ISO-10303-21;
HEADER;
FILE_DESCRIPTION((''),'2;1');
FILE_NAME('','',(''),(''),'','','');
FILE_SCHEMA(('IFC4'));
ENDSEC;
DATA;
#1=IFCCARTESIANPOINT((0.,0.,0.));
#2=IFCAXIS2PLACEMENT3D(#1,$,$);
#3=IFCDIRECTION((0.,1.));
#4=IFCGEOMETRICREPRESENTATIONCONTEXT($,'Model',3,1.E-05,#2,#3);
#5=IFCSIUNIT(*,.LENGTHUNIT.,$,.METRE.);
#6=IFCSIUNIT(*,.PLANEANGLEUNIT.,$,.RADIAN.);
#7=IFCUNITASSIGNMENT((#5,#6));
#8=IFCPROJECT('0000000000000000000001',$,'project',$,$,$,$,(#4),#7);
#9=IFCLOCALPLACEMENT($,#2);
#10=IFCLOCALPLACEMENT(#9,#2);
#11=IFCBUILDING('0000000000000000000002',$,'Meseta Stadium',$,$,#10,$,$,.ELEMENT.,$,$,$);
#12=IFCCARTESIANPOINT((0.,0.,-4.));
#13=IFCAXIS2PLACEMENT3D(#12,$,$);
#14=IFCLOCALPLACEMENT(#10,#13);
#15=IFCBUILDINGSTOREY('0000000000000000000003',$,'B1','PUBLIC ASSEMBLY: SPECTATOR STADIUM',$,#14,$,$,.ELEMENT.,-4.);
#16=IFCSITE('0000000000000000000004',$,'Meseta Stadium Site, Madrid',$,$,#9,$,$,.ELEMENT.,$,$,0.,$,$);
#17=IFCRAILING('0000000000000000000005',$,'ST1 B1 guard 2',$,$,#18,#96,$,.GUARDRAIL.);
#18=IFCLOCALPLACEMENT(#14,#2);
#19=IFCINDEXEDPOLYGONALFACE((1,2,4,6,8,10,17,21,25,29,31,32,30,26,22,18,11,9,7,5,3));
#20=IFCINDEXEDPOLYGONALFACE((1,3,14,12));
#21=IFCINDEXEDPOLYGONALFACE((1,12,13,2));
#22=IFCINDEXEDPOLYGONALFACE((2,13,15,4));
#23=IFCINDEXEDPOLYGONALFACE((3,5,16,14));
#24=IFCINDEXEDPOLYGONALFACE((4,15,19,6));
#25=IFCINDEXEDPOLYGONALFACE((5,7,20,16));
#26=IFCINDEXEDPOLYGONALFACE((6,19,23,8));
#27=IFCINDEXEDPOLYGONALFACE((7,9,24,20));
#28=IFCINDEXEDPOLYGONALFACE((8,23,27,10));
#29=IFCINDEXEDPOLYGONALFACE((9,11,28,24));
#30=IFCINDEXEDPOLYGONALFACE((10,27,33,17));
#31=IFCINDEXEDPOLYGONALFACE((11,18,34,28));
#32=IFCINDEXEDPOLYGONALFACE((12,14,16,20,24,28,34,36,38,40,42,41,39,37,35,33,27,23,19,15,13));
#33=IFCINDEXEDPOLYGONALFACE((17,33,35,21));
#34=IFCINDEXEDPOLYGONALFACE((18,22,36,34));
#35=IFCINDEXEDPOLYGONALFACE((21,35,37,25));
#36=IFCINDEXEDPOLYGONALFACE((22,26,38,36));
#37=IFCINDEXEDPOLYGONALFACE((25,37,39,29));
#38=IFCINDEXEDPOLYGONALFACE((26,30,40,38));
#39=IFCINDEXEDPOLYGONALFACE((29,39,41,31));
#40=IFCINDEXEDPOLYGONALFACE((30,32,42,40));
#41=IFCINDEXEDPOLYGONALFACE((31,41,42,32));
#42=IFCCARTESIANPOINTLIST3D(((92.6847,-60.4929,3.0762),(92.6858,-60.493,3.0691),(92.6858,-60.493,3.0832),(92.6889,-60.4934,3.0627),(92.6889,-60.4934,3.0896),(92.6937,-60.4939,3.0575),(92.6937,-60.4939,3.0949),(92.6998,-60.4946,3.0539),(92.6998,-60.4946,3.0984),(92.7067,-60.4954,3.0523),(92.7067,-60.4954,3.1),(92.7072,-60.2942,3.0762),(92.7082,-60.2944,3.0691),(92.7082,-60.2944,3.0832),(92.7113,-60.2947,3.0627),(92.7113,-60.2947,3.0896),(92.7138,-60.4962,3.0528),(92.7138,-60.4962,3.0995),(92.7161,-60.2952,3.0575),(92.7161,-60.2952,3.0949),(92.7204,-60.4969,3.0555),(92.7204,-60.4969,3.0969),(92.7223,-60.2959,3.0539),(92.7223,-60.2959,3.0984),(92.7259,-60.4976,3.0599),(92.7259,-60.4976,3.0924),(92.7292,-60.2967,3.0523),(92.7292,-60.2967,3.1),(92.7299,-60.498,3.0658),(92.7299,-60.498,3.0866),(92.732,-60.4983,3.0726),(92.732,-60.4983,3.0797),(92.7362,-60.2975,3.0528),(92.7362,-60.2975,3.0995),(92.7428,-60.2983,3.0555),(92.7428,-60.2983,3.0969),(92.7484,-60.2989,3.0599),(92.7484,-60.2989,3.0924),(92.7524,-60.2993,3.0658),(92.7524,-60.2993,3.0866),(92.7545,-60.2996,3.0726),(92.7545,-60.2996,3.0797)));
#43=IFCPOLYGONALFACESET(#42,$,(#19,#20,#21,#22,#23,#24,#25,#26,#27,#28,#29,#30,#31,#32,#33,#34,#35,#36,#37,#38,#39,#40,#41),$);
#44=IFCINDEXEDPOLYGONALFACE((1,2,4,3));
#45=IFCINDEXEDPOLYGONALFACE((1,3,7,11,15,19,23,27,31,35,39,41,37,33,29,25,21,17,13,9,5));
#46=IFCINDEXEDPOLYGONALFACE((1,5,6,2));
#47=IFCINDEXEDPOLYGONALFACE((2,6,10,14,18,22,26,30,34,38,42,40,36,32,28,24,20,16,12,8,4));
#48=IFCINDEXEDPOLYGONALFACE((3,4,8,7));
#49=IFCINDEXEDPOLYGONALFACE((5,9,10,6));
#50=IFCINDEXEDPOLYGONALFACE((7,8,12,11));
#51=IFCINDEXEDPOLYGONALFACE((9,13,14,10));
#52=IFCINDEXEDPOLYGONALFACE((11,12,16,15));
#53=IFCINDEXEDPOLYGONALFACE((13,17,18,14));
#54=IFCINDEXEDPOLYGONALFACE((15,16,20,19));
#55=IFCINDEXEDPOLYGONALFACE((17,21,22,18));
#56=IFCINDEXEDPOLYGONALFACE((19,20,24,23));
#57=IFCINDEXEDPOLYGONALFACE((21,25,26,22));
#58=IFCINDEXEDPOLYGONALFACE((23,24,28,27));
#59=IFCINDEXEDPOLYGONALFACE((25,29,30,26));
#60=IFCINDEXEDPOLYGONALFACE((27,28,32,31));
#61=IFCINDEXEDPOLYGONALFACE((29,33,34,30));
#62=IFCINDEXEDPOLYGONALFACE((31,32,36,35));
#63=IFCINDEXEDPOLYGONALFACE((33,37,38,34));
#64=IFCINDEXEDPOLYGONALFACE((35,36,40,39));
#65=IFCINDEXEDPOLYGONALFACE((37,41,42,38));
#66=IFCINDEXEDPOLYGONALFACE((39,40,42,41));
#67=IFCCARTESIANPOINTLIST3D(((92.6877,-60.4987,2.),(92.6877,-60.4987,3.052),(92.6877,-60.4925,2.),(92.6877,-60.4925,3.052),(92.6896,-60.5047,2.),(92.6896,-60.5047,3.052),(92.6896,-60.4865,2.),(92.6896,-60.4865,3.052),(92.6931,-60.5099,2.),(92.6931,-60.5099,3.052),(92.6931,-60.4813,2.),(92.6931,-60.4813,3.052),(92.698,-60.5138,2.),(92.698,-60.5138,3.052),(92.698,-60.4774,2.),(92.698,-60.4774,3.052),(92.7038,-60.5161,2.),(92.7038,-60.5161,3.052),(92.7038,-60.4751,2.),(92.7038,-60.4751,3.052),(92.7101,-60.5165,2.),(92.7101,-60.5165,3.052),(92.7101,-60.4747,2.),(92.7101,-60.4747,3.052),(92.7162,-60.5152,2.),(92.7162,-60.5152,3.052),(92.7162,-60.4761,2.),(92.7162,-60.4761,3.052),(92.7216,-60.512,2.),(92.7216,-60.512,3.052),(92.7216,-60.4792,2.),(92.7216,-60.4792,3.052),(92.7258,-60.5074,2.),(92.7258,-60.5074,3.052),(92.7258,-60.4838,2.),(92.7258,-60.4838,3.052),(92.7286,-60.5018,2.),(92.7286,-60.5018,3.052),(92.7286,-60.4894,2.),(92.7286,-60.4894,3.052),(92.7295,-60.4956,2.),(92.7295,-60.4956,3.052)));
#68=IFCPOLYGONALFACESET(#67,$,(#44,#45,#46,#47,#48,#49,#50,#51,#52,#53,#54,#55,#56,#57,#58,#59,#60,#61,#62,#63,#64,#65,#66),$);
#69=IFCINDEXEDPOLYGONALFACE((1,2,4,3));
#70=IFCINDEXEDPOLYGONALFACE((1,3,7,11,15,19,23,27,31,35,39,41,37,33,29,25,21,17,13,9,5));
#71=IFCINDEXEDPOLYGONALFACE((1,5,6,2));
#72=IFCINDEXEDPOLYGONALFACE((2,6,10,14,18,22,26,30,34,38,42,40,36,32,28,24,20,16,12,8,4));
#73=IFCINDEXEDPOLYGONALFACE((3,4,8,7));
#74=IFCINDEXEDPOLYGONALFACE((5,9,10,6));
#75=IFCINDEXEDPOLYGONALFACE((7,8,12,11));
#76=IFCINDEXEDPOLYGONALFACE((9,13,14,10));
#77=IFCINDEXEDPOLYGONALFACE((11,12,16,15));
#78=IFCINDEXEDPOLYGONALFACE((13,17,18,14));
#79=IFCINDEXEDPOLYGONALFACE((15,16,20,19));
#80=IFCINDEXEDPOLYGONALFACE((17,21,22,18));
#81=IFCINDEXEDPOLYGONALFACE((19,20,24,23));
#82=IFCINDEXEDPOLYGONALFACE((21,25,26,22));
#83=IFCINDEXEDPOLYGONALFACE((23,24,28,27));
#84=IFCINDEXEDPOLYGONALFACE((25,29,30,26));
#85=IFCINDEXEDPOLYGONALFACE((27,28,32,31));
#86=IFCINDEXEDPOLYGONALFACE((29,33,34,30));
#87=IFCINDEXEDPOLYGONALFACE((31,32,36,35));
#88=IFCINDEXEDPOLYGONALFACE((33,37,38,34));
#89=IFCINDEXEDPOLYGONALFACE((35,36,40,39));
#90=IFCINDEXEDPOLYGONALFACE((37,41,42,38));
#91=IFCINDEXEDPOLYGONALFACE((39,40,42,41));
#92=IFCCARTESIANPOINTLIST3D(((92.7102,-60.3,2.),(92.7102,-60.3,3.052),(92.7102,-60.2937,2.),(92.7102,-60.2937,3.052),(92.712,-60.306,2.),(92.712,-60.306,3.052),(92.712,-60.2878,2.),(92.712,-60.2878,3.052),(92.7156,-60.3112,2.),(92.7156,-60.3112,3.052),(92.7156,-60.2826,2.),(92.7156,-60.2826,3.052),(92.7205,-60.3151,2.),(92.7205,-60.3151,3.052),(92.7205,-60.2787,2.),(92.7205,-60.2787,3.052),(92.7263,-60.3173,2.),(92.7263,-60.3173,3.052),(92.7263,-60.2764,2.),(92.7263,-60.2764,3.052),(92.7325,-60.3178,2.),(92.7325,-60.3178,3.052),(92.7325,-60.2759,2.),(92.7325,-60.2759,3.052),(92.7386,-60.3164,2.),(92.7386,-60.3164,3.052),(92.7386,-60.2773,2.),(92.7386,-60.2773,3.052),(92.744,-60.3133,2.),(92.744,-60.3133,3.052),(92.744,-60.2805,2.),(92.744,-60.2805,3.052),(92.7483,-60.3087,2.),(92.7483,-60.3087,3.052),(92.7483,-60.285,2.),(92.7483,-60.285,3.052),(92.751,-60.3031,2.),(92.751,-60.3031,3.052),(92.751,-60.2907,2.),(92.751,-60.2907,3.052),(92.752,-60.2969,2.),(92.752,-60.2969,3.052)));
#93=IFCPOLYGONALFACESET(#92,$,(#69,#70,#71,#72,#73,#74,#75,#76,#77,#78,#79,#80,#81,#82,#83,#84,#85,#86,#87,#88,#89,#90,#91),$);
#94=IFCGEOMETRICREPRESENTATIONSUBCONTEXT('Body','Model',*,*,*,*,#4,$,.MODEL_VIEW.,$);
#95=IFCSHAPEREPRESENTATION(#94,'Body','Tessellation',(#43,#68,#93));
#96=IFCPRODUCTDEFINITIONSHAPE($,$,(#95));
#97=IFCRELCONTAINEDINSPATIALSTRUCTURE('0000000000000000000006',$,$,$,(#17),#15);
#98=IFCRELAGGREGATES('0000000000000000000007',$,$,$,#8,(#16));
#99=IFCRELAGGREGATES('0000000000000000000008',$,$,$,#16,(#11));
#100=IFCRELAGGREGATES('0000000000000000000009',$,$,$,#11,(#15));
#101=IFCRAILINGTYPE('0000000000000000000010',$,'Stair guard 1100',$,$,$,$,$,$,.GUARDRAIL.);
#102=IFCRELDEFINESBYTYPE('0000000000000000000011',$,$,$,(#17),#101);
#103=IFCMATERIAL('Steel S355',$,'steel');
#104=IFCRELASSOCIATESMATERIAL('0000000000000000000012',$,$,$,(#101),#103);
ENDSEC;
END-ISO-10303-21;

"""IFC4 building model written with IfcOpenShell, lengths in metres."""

from ifc_helpers import new_model, si_unit, direction, frame, origin, origin_2d, place, context, subcontext, project, spatial, circle, extrude, material, type_object, element, save


model = new_model("IFC4")

# Units and contexts
model_context = context("Model", 3, precision=1e-05, world=origin(), true_north=direction((0.0, 1.0)))
body_context = subcontext(model_context, "Body", "Model", "MODEL_VIEW")
ifc_project = project(units=[si_unit("LENGTHUNIT", "METRE"), si_unit("PLANEANGLEUNIT", "RADIAN")], contexts=[model_context])

# Site, building, storey
site_placement = place(None, origin())
site = spatial("IfcSite", under=ifc_project, at=site_placement, Name="Meseta Stadium Site, Madrid", CompositionType="ELEMENT", RefElevation=0.0)
building_placement = place(site_placement, origin())
building = spatial("IfcBuilding", under=site, at=building_placement, Name="Meseta Stadium", CompositionType="ELEMENT")
storey_placement = place(building_placement, frame((0.0, 0.0, -4.0)))
storey = spatial("IfcBuildingStorey", under=building, at=storey_placement, Name="B1", Description="PUBLIC ASSEMBLY: SPECTATOR STADIUM", CompositionType="ELEMENT", Elevation=-4.0)

# Railing
ifc_material_1 = material(Name="Steel S355", Category="steel")
railing_type_1 = type_object("IfcRailingType", Name="Stair guard 1100", PredefinedType="GUARDRAIL", material=ifc_material_1)
railing_1_placement = place(storey_placement, frame((92.7085, -60.4956, 2.0)))
element("IfcRailing", 1, at=railing_1_placement, inside=storey, type_object=railing_type_1, Name="ST1 B1 guard 2", PredefinedType="GUARDRAIL", context=body_context, shape_type="SweptSolid", body=[
    extrude(circle(Radius=0.0239, at=origin_2d()), frame((0.0, 0.0, 1.0762), z_axis=(0.112307, 0.993674, 0.0), x_axis=(-0.993674, 0.112307, 0.0)), (0.0, 0.0, 1.0), 0.2),
    extrude(circle(Radius=0.021, at=origin_2d()), origin(), (0.0, 0.0, 1.0), 1.052),
    extrude(circle(Radius=0.021, at=origin_2d()), frame((0.0225, 0.1987, 0.0)), (0.0, 0.0, 1.0), 1.052),
])

save(model, "model.ifc")
